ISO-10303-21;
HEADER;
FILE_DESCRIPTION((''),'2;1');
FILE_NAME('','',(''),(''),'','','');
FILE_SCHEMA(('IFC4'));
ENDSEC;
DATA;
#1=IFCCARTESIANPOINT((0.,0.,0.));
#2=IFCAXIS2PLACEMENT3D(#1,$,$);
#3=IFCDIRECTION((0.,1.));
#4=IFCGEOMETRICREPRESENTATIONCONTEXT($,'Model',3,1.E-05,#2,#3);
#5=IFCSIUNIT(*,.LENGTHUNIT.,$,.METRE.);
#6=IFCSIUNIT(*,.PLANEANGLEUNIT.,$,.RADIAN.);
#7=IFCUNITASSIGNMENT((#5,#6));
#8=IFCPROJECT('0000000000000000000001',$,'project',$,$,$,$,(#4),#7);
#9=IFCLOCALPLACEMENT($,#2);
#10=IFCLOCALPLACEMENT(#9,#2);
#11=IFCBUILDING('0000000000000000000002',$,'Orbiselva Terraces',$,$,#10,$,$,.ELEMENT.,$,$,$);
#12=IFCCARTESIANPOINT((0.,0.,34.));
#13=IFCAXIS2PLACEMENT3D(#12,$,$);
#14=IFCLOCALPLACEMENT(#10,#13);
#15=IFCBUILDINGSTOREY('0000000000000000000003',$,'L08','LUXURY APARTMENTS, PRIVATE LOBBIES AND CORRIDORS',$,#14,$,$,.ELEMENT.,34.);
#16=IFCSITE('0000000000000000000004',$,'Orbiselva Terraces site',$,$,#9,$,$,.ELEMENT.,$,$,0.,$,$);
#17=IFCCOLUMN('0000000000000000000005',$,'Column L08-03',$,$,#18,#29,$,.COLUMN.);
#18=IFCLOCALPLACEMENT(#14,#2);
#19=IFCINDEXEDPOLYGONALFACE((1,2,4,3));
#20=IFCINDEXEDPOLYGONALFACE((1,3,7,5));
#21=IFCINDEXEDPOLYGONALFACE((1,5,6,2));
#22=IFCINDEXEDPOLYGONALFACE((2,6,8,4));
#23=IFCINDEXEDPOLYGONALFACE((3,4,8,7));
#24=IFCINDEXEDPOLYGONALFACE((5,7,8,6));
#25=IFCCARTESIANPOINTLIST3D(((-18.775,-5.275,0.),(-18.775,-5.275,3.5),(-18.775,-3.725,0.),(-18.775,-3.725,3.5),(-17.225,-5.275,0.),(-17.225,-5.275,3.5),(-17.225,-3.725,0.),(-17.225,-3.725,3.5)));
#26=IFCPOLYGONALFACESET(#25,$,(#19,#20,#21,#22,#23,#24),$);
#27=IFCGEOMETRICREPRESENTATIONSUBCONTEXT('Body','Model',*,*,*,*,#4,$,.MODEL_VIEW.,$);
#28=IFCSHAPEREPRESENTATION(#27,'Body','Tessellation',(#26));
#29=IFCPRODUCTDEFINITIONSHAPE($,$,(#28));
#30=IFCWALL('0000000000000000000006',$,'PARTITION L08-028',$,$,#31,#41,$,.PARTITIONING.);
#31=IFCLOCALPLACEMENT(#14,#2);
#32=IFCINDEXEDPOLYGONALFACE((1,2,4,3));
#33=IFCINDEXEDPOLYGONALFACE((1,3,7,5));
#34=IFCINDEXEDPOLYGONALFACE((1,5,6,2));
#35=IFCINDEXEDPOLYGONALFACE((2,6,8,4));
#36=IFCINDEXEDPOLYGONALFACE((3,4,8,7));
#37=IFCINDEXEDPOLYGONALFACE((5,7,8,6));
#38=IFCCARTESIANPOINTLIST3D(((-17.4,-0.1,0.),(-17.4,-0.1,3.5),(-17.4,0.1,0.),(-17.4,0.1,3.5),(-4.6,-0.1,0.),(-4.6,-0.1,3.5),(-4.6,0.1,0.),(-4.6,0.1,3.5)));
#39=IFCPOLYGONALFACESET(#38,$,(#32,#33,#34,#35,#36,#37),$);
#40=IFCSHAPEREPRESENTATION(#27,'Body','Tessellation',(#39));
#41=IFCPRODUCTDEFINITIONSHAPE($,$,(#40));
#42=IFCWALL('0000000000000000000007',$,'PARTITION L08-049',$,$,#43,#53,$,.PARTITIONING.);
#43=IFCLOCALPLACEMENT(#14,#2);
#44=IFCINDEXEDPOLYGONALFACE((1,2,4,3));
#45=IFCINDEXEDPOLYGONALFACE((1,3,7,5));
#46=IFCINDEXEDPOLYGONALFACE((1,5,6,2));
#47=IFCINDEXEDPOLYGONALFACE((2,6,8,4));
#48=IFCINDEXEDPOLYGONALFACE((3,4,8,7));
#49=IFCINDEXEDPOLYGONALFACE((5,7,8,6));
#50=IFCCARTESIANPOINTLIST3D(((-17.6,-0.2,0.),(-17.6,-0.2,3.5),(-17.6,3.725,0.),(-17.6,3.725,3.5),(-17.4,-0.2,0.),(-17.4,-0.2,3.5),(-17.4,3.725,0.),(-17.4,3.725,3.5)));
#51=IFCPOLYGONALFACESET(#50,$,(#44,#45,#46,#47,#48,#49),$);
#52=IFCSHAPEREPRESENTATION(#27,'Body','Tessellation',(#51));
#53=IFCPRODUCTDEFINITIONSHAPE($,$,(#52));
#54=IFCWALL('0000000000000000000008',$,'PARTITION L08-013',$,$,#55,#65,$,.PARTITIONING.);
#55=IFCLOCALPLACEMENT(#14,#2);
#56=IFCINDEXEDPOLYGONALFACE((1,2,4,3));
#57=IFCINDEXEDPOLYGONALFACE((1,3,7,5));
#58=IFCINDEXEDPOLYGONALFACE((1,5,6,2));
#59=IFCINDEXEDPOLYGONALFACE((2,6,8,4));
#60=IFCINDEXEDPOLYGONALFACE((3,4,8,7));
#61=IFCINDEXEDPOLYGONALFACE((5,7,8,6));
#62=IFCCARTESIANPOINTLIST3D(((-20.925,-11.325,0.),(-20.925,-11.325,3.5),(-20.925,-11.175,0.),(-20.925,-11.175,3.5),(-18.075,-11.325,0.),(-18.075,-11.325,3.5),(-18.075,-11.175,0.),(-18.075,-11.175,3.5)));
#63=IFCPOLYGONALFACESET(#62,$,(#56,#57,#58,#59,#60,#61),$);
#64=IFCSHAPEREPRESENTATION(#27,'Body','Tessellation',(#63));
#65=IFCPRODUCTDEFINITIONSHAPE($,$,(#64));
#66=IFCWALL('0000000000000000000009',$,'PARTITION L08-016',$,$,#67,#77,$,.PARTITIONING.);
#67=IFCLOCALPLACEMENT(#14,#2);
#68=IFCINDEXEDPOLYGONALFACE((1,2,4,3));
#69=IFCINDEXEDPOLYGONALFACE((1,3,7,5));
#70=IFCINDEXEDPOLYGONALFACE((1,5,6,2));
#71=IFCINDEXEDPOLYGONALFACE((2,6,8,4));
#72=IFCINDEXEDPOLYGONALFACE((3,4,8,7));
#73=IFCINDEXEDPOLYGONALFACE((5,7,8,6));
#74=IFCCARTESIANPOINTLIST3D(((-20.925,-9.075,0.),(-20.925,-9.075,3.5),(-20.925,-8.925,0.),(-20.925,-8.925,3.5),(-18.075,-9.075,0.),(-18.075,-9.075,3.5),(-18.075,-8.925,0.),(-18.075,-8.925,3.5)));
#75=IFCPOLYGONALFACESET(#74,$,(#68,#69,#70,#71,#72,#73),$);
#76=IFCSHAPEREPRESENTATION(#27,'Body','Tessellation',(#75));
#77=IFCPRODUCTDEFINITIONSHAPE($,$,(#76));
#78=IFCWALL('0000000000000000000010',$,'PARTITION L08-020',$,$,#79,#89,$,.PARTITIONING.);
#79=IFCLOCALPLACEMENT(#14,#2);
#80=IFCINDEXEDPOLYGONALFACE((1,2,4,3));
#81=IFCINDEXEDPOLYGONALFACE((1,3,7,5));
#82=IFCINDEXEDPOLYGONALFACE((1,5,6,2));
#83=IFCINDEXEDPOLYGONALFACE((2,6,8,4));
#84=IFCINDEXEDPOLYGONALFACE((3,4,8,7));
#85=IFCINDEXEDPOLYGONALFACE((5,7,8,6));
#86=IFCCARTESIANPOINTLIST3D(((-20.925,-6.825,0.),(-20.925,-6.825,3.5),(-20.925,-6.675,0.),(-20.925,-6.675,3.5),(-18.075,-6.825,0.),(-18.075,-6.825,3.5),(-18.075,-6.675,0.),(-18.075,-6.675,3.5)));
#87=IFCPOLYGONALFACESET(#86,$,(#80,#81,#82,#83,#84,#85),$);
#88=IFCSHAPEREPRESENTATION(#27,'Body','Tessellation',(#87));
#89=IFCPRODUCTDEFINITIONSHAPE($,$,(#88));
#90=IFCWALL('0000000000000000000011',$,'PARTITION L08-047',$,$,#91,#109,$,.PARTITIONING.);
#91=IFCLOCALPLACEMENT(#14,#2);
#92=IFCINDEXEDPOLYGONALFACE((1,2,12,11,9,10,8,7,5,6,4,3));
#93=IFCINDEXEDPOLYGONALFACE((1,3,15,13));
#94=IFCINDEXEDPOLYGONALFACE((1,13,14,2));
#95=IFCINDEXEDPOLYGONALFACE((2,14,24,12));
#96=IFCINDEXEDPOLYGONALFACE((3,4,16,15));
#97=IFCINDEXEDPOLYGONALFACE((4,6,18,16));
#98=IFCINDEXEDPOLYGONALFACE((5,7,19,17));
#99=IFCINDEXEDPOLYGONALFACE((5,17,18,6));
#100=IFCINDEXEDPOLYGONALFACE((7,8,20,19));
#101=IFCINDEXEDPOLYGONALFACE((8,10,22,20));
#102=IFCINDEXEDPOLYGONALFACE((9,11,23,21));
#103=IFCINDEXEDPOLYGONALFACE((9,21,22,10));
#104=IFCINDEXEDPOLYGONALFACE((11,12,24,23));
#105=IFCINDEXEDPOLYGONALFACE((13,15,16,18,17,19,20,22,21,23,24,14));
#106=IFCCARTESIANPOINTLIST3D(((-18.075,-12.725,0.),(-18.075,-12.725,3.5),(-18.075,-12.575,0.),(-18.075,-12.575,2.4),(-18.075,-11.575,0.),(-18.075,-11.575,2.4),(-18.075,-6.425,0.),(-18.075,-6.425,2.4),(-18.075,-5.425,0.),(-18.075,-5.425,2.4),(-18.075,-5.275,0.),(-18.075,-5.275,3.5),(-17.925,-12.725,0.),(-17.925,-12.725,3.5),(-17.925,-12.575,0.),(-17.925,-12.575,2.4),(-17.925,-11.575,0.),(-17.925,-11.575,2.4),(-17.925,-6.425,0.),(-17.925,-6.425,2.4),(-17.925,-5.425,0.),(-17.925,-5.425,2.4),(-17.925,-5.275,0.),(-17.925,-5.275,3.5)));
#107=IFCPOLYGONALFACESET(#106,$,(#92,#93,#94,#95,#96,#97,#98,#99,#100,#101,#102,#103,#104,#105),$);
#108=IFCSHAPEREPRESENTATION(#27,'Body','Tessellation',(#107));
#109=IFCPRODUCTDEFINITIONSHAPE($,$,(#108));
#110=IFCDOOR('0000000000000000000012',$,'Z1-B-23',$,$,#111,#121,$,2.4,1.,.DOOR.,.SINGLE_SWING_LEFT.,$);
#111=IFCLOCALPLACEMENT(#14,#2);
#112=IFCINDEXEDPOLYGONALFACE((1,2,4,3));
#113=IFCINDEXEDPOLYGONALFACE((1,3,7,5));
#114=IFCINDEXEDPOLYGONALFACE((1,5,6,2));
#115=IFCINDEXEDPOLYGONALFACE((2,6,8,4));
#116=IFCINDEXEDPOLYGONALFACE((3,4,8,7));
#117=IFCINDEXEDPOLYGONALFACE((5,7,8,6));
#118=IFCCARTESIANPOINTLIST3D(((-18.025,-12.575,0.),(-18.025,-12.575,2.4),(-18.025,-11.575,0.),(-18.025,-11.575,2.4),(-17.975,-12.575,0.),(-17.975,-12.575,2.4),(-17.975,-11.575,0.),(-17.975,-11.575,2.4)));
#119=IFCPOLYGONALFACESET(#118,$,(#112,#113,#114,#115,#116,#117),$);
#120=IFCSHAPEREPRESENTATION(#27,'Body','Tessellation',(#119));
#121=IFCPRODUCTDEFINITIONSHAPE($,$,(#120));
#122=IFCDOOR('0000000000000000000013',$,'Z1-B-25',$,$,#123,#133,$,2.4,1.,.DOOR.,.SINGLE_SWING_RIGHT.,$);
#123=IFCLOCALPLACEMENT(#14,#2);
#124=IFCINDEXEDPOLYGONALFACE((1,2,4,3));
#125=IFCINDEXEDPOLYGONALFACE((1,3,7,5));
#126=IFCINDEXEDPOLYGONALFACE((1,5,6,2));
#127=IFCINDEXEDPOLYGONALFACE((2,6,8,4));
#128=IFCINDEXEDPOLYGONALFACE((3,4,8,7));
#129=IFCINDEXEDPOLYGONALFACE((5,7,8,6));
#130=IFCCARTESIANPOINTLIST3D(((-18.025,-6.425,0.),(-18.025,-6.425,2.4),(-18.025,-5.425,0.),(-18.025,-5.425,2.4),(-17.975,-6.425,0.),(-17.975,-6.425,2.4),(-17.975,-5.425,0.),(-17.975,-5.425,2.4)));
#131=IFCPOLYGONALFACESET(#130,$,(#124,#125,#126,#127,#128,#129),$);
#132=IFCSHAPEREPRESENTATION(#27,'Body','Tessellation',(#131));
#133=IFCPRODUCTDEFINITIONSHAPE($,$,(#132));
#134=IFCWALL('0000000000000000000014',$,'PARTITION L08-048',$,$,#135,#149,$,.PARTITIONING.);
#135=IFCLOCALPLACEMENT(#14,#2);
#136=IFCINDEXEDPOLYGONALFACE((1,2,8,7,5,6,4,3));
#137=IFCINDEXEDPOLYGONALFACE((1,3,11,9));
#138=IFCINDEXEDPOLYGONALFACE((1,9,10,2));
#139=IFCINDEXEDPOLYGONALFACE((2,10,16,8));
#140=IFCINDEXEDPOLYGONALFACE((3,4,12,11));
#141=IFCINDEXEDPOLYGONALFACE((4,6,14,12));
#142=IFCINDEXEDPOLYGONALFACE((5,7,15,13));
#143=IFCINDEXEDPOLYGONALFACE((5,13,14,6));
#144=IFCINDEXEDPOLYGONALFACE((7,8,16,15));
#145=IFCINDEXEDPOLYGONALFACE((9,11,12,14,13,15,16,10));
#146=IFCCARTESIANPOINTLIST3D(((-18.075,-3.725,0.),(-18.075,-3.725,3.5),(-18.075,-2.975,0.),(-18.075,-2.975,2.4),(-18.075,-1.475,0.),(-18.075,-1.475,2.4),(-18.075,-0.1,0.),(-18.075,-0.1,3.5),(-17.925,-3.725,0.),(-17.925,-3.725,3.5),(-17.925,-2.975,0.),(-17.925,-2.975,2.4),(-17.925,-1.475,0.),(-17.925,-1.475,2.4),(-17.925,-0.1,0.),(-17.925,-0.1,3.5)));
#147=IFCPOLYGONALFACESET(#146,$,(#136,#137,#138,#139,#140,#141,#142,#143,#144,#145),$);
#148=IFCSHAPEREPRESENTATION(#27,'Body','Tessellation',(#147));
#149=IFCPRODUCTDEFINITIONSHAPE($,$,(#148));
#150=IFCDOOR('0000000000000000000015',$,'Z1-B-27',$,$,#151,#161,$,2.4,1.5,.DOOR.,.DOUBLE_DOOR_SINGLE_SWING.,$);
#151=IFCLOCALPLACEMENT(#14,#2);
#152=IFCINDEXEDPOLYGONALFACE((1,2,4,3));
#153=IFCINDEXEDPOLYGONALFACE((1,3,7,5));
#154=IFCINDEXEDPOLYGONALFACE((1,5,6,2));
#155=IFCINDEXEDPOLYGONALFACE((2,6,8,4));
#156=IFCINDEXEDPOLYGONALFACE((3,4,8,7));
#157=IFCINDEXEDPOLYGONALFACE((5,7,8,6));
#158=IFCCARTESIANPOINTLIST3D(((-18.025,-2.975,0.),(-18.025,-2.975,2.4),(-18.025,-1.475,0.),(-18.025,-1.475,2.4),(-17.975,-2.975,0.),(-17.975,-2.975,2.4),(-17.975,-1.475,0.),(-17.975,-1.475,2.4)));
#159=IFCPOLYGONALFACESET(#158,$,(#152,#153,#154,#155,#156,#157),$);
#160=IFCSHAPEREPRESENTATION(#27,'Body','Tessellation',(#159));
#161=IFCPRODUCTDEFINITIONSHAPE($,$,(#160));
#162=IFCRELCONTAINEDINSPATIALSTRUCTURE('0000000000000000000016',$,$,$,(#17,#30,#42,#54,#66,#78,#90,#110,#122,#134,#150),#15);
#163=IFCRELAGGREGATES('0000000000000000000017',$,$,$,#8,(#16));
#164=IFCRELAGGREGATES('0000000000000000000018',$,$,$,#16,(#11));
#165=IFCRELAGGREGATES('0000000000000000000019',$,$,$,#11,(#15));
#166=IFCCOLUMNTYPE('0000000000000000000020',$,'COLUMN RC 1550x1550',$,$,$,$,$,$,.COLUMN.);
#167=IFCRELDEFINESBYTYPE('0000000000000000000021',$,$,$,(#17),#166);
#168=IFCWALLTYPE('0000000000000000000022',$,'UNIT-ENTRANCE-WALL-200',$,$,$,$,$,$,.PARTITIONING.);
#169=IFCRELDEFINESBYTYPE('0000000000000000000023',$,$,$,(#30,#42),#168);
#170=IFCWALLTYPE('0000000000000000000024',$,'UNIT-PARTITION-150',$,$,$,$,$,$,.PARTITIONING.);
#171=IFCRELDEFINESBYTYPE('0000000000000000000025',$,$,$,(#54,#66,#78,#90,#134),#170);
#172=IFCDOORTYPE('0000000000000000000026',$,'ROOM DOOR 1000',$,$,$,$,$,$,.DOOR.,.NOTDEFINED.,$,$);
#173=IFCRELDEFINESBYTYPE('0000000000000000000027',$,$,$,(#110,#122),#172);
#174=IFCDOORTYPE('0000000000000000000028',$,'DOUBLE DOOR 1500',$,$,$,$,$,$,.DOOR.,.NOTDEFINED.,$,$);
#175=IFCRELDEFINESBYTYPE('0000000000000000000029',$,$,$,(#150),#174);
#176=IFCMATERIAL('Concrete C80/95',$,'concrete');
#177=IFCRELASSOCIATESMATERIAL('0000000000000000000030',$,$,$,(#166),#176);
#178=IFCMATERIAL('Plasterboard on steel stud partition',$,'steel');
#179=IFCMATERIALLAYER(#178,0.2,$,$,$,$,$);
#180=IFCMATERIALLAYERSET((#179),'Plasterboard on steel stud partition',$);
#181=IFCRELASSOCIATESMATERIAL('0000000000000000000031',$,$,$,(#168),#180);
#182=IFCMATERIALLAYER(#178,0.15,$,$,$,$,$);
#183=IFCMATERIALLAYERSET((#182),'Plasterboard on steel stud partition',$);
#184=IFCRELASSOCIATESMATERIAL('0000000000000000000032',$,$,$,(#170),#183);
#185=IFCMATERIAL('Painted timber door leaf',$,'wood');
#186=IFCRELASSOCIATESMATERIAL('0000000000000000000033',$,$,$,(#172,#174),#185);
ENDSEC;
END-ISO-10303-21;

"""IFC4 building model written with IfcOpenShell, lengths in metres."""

from ifc_helpers import new_model, si_unit, direction, frame, frame_2d, origin, origin_2d, place, context, subcontext, project, spatial, rectangle, extrude, material, layer, layer_set, material_profile, profile_set, type_object, element, fill, save


model = new_model("IFC4")

# Units and contexts
model_context = context("Model", 3, precision=1e-05, world=origin(), true_north=direction((0.0, 1.0)))
body_context = subcontext(model_context, "Body", "Model", "MODEL_VIEW")
ifc_project = project(units=[si_unit("LENGTHUNIT", "METRE"), si_unit("PLANEANGLEUNIT", "RADIAN")], contexts=[model_context])

# Site, building, storey
site_placement = place(None, origin())
site = spatial("IfcSite", under=ifc_project, at=site_placement, Name="Orbiselva Terraces site", CompositionType="ELEMENT", RefElevation=0.0)
building_placement = place(site_placement, origin())
building = spatial("IfcBuilding", under=site, at=building_placement, Name="Orbiselva Terraces", CompositionType="ELEMENT")
storey_placement = place(building_placement, frame((0.0, 0.0, 34.0)))
storey = spatial("IfcBuildingStorey", under=building, at=storey_placement, Name="L08", Description="LUXURY APARTMENTS, PRIVATE LOBBIES AND CORRIDORS", CompositionType="ELEMENT", Elevation=34.0)

# Column
ifc_material_1 = material(Name="Concrete C80/95", Category="concrete")
ifc_material_profile = material_profile(ifc_material_1, rectangle(XDim=1.55, YDim=1.55, at=origin_2d()), Name="RC 1550x1550")
ifc_profile_set = profile_set([ifc_material_profile], Name="Concrete C80/95")
column_type = type_object("IfcColumnType", Name="COLUMN RC 1550x1550", PredefinedType="COLUMN", material=ifc_profile_set)
column_placement = place(storey_placement, frame((-18.0, -4.5, 0.0), z_axis=(0.0, 0.0, 1.0), x_axis=(1.0, 0.0, 0.0)))
element("IfcColumn", 1, at=column_placement, inside=storey, type_object=column_type, Name="Column L08-03", PredefinedType="COLUMN", context=body_context, shape_type="SweptSolid", body=[
    extrude(rectangle(XDim=1.55, YDim=1.55, at=origin_2d()), origin(), (0.0, 0.0, 1.0), 3.5),
])

# Walls
ifc_material_2 = material(Name="Plasterboard on steel stud partition", Category="steel")
ifc_layer_1 = layer(ifc_material_2, 0.2)
ifc_layer_set_1 = layer_set([ifc_layer_1], Name="Plasterboard on steel stud partition")
wall_type_1 = type_object("IfcWallType", Name="UNIT-ENTRANCE-WALL-200", PredefinedType="PARTITIONING", material=ifc_layer_set_1)
wall_1_placement = place(storey_placement, frame((-17.4, 0.0, 0.0), z_axis=(0.0, 0.0, 1.0), x_axis=(1.0, 0.0, 0.0)))
element("IfcWall", 2, at=wall_1_placement, inside=storey, type_object=wall_type_1, Name="PARTITION L08-028", PredefinedType="PARTITIONING", context=body_context, shape_type="SweptSolid", body=[
    extrude(rectangle(XDim=12.8, YDim=0.2, at=frame_2d((6.4, 0.0))), origin(), (0.0, 0.0, 1.0), 3.5),
])
wall_2_placement = place(storey_placement, frame((-17.5, -0.2, 0.0), z_axis=(0.0, 0.0, 1.0), x_axis=(0.0, 1.0, 0.0)))
element("IfcWall", 3, at=wall_2_placement, inside=storey, type_object=wall_type_1, Name="PARTITION L08-049", PredefinedType="PARTITIONING", context=body_context, shape_type="SweptSolid", body=[
    extrude(rectangle(XDim=3.925, YDim=0.2, at=frame_2d((1.9625, 0.0))), origin(), (0.0, 0.0, 1.0), 3.5),
])
ifc_layer_2 = layer(ifc_material_2, 0.15)
ifc_layer_set_2 = layer_set([ifc_layer_2], Name="Plasterboard on steel stud partition")
wall_type_2 = type_object("IfcWallType", Name="UNIT-PARTITION-150", PredefinedType="PARTITIONING", material=ifc_layer_set_2)
for number, where, z_axis, x_axis, name in (
    (4, (-20.925, -11.25, 0.0), (0.0, 0.0, 1.0), (1.0, 0.0, 0.0), "PARTITION L08-013"),
    (5, (-20.925, -9.0, 0.0), (0.0, 0.0, 1.0), (1.0, 0.0, 0.0), "PARTITION L08-016"),
    (6, (-20.925, -6.75, 0.0), (0.0, 0.0, 1.0), (1.0, 0.0, 0.0), "PARTITION L08-020"),
):
    element("IfcWall", number, at=place(storey_placement, frame(where, z_axis=z_axis, x_axis=x_axis)), inside=storey, type_object=wall_type_2, Name=name, PredefinedType="PARTITIONING", context=body_context, shape_type="SweptSolid", body=[
        extrude(rectangle(XDim=2.85, YDim=0.15, at=frame_2d((1.425, 0.0))), origin(), (0.0, 0.0, 1.0), 3.5),
    ])

# Wall, openings, doors
wall_3_placement = place(storey_placement, frame((-18.0, -12.725, 0.0), z_axis=(0.0, 0.0, 1.0), x_axis=(0.0, 1.0, 0.0)))
wall_3 = element("IfcWall", 7, at=wall_3_placement, inside=storey, type_object=wall_type_2, Name="PARTITION L08-047", PredefinedType="PARTITIONING", context=body_context, shape_type="SweptSolid", body=[
    extrude(rectangle(XDim=7.45, YDim=0.15, at=frame_2d((3.725, 0.0))), origin(), (0.0, 0.0, 1.0), 3.5),
])
opening_1_placement = place(wall_3_placement, frame((0.15, 0.0, 0.0)))
opening_1 = element("IfcOpeningElement", 8, at=opening_1_placement, cuts=wall_3, PredefinedType="OPENING", context=body_context, shape_type="SweptSolid", body=[
    extrude(rectangle(XDim=1.0, YDim=2.4, at=frame_2d((0.5, 1.2))), frame((0.0, 0.085, 0.0), z_axis=(0.0, -1.0, 0.0), x_axis=(1.0, 0.0, 0.0)), (0.0, 0.0, 1.0), 0.17),
])
opening_2_placement = place(wall_3_placement, frame((6.3, 0.0, 0.0)))
opening_2 = element("IfcOpeningElement", 9, at=opening_2_placement, cuts=wall_3, PredefinedType="OPENING", context=body_context, shape_type="SweptSolid", body=[
    extrude(rectangle(XDim=1.0, YDim=2.4, at=frame_2d((0.5, 1.2))), frame((0.0, 0.085, 0.0), z_axis=(0.0, -1.0, 0.0), x_axis=(1.0, 0.0, 0.0)), (0.0, 0.0, 1.0), 0.17),
])
ifc_material_3 = material(Name="Painted timber door leaf", Category="wood")
door_type_1 = type_object("IfcDoorType", Name="ROOM DOOR 1000", OperationType="NOTDEFINED", PredefinedType="DOOR", material=ifc_material_3)
door_1_placement = place(opening_1_placement, origin())
door_1 = element("IfcDoor", 10, at=door_1_placement, inside=storey, type_object=door_type_1, Name="Z1-B-23", OperationType="SINGLE_SWING_LEFT", OverallHeight=2.4, OverallWidth=1.0, PredefinedType="DOOR", context=body_context, shape_type="SweptSolid", body=[
    extrude(rectangle(XDim=1.0, YDim=2.4, at=frame_2d((0.5, 1.2))), frame((0.0, 0.025, 0.0), z_axis=(0.0, -1.0, 0.0), x_axis=(1.0, 0.0, 0.0)), (0.0, 0.0, 1.0), 0.05),
])
fill(opening_1, door_1)
door_2_placement = place(opening_2_placement, origin())
door_2 = element("IfcDoor", 11, at=door_2_placement, inside=storey, type_object=door_type_1, Name="Z1-B-25", OperationType="SINGLE_SWING_RIGHT", OverallHeight=2.4, OverallWidth=1.0, PredefinedType="DOOR", context=body_context, shape_type="SweptSolid", body=[
    extrude(rectangle(XDim=1.0, YDim=2.4, at=frame_2d((0.5, 1.2))), frame((0.0, 0.025, 0.0), z_axis=(0.0, -1.0, 0.0), x_axis=(1.0, 0.0, 0.0)), (0.0, 0.0, 1.0), 0.05),
])
fill(opening_2, door_2)

# Wall, opening, door
wall_4_placement = place(storey_placement, frame((-18.0, -3.725, 0.0), z_axis=(0.0, 0.0, 1.0), x_axis=(0.0, 1.0, 0.0)))
wall_4 = element("IfcWall", 12, at=wall_4_placement, inside=storey, type_object=wall_type_2, Name="PARTITION L08-048", PredefinedType="PARTITIONING", context=body_context, shape_type="SweptSolid", body=[
    extrude(rectangle(XDim=3.625, YDim=0.15, at=frame_2d((1.8125, 0.0))), origin(), (0.0, 0.0, 1.0), 3.5),
])
opening_3_placement = place(wall_4_placement, frame((0.75, 0.0, 0.0)))
opening_3 = element("IfcOpeningElement", 13, at=opening_3_placement, cuts=wall_4, PredefinedType="OPENING", context=body_context, shape_type="SweptSolid", body=[
    extrude(rectangle(XDim=1.5, YDim=2.4, at=frame_2d((0.75, 1.2))), frame((0.0, 0.085, 0.0), z_axis=(0.0, -1.0, 0.0), x_axis=(1.0, 0.0, 0.0)), (0.0, 0.0, 1.0), 0.17),
])
door_type_2 = type_object("IfcDoorType", Name="DOUBLE DOOR 1500", OperationType="NOTDEFINED", PredefinedType="DOOR", material=ifc_material_3)
door_3_placement = place(opening_3_placement, origin())
door_3 = element("IfcDoor", 14, at=door_3_placement, inside=storey, type_object=door_type_2, Name="Z1-B-27", OperationType="DOUBLE_DOOR_SINGLE_SWING", OverallHeight=2.4, OverallWidth=1.5, PredefinedType="DOOR", context=body_context, shape_type="SweptSolid", body=[
    extrude(rectangle(XDim=1.5, YDim=2.4, at=frame_2d((0.75, 1.2))), frame((0.0, 0.025, 0.0), z_axis=(0.0, -1.0, 0.0), x_axis=(1.0, 0.0, 0.0)), (0.0, 0.0, 1.0), 0.05),
])
fill(opening_3, door_3)

save(model, "model.ifc")
